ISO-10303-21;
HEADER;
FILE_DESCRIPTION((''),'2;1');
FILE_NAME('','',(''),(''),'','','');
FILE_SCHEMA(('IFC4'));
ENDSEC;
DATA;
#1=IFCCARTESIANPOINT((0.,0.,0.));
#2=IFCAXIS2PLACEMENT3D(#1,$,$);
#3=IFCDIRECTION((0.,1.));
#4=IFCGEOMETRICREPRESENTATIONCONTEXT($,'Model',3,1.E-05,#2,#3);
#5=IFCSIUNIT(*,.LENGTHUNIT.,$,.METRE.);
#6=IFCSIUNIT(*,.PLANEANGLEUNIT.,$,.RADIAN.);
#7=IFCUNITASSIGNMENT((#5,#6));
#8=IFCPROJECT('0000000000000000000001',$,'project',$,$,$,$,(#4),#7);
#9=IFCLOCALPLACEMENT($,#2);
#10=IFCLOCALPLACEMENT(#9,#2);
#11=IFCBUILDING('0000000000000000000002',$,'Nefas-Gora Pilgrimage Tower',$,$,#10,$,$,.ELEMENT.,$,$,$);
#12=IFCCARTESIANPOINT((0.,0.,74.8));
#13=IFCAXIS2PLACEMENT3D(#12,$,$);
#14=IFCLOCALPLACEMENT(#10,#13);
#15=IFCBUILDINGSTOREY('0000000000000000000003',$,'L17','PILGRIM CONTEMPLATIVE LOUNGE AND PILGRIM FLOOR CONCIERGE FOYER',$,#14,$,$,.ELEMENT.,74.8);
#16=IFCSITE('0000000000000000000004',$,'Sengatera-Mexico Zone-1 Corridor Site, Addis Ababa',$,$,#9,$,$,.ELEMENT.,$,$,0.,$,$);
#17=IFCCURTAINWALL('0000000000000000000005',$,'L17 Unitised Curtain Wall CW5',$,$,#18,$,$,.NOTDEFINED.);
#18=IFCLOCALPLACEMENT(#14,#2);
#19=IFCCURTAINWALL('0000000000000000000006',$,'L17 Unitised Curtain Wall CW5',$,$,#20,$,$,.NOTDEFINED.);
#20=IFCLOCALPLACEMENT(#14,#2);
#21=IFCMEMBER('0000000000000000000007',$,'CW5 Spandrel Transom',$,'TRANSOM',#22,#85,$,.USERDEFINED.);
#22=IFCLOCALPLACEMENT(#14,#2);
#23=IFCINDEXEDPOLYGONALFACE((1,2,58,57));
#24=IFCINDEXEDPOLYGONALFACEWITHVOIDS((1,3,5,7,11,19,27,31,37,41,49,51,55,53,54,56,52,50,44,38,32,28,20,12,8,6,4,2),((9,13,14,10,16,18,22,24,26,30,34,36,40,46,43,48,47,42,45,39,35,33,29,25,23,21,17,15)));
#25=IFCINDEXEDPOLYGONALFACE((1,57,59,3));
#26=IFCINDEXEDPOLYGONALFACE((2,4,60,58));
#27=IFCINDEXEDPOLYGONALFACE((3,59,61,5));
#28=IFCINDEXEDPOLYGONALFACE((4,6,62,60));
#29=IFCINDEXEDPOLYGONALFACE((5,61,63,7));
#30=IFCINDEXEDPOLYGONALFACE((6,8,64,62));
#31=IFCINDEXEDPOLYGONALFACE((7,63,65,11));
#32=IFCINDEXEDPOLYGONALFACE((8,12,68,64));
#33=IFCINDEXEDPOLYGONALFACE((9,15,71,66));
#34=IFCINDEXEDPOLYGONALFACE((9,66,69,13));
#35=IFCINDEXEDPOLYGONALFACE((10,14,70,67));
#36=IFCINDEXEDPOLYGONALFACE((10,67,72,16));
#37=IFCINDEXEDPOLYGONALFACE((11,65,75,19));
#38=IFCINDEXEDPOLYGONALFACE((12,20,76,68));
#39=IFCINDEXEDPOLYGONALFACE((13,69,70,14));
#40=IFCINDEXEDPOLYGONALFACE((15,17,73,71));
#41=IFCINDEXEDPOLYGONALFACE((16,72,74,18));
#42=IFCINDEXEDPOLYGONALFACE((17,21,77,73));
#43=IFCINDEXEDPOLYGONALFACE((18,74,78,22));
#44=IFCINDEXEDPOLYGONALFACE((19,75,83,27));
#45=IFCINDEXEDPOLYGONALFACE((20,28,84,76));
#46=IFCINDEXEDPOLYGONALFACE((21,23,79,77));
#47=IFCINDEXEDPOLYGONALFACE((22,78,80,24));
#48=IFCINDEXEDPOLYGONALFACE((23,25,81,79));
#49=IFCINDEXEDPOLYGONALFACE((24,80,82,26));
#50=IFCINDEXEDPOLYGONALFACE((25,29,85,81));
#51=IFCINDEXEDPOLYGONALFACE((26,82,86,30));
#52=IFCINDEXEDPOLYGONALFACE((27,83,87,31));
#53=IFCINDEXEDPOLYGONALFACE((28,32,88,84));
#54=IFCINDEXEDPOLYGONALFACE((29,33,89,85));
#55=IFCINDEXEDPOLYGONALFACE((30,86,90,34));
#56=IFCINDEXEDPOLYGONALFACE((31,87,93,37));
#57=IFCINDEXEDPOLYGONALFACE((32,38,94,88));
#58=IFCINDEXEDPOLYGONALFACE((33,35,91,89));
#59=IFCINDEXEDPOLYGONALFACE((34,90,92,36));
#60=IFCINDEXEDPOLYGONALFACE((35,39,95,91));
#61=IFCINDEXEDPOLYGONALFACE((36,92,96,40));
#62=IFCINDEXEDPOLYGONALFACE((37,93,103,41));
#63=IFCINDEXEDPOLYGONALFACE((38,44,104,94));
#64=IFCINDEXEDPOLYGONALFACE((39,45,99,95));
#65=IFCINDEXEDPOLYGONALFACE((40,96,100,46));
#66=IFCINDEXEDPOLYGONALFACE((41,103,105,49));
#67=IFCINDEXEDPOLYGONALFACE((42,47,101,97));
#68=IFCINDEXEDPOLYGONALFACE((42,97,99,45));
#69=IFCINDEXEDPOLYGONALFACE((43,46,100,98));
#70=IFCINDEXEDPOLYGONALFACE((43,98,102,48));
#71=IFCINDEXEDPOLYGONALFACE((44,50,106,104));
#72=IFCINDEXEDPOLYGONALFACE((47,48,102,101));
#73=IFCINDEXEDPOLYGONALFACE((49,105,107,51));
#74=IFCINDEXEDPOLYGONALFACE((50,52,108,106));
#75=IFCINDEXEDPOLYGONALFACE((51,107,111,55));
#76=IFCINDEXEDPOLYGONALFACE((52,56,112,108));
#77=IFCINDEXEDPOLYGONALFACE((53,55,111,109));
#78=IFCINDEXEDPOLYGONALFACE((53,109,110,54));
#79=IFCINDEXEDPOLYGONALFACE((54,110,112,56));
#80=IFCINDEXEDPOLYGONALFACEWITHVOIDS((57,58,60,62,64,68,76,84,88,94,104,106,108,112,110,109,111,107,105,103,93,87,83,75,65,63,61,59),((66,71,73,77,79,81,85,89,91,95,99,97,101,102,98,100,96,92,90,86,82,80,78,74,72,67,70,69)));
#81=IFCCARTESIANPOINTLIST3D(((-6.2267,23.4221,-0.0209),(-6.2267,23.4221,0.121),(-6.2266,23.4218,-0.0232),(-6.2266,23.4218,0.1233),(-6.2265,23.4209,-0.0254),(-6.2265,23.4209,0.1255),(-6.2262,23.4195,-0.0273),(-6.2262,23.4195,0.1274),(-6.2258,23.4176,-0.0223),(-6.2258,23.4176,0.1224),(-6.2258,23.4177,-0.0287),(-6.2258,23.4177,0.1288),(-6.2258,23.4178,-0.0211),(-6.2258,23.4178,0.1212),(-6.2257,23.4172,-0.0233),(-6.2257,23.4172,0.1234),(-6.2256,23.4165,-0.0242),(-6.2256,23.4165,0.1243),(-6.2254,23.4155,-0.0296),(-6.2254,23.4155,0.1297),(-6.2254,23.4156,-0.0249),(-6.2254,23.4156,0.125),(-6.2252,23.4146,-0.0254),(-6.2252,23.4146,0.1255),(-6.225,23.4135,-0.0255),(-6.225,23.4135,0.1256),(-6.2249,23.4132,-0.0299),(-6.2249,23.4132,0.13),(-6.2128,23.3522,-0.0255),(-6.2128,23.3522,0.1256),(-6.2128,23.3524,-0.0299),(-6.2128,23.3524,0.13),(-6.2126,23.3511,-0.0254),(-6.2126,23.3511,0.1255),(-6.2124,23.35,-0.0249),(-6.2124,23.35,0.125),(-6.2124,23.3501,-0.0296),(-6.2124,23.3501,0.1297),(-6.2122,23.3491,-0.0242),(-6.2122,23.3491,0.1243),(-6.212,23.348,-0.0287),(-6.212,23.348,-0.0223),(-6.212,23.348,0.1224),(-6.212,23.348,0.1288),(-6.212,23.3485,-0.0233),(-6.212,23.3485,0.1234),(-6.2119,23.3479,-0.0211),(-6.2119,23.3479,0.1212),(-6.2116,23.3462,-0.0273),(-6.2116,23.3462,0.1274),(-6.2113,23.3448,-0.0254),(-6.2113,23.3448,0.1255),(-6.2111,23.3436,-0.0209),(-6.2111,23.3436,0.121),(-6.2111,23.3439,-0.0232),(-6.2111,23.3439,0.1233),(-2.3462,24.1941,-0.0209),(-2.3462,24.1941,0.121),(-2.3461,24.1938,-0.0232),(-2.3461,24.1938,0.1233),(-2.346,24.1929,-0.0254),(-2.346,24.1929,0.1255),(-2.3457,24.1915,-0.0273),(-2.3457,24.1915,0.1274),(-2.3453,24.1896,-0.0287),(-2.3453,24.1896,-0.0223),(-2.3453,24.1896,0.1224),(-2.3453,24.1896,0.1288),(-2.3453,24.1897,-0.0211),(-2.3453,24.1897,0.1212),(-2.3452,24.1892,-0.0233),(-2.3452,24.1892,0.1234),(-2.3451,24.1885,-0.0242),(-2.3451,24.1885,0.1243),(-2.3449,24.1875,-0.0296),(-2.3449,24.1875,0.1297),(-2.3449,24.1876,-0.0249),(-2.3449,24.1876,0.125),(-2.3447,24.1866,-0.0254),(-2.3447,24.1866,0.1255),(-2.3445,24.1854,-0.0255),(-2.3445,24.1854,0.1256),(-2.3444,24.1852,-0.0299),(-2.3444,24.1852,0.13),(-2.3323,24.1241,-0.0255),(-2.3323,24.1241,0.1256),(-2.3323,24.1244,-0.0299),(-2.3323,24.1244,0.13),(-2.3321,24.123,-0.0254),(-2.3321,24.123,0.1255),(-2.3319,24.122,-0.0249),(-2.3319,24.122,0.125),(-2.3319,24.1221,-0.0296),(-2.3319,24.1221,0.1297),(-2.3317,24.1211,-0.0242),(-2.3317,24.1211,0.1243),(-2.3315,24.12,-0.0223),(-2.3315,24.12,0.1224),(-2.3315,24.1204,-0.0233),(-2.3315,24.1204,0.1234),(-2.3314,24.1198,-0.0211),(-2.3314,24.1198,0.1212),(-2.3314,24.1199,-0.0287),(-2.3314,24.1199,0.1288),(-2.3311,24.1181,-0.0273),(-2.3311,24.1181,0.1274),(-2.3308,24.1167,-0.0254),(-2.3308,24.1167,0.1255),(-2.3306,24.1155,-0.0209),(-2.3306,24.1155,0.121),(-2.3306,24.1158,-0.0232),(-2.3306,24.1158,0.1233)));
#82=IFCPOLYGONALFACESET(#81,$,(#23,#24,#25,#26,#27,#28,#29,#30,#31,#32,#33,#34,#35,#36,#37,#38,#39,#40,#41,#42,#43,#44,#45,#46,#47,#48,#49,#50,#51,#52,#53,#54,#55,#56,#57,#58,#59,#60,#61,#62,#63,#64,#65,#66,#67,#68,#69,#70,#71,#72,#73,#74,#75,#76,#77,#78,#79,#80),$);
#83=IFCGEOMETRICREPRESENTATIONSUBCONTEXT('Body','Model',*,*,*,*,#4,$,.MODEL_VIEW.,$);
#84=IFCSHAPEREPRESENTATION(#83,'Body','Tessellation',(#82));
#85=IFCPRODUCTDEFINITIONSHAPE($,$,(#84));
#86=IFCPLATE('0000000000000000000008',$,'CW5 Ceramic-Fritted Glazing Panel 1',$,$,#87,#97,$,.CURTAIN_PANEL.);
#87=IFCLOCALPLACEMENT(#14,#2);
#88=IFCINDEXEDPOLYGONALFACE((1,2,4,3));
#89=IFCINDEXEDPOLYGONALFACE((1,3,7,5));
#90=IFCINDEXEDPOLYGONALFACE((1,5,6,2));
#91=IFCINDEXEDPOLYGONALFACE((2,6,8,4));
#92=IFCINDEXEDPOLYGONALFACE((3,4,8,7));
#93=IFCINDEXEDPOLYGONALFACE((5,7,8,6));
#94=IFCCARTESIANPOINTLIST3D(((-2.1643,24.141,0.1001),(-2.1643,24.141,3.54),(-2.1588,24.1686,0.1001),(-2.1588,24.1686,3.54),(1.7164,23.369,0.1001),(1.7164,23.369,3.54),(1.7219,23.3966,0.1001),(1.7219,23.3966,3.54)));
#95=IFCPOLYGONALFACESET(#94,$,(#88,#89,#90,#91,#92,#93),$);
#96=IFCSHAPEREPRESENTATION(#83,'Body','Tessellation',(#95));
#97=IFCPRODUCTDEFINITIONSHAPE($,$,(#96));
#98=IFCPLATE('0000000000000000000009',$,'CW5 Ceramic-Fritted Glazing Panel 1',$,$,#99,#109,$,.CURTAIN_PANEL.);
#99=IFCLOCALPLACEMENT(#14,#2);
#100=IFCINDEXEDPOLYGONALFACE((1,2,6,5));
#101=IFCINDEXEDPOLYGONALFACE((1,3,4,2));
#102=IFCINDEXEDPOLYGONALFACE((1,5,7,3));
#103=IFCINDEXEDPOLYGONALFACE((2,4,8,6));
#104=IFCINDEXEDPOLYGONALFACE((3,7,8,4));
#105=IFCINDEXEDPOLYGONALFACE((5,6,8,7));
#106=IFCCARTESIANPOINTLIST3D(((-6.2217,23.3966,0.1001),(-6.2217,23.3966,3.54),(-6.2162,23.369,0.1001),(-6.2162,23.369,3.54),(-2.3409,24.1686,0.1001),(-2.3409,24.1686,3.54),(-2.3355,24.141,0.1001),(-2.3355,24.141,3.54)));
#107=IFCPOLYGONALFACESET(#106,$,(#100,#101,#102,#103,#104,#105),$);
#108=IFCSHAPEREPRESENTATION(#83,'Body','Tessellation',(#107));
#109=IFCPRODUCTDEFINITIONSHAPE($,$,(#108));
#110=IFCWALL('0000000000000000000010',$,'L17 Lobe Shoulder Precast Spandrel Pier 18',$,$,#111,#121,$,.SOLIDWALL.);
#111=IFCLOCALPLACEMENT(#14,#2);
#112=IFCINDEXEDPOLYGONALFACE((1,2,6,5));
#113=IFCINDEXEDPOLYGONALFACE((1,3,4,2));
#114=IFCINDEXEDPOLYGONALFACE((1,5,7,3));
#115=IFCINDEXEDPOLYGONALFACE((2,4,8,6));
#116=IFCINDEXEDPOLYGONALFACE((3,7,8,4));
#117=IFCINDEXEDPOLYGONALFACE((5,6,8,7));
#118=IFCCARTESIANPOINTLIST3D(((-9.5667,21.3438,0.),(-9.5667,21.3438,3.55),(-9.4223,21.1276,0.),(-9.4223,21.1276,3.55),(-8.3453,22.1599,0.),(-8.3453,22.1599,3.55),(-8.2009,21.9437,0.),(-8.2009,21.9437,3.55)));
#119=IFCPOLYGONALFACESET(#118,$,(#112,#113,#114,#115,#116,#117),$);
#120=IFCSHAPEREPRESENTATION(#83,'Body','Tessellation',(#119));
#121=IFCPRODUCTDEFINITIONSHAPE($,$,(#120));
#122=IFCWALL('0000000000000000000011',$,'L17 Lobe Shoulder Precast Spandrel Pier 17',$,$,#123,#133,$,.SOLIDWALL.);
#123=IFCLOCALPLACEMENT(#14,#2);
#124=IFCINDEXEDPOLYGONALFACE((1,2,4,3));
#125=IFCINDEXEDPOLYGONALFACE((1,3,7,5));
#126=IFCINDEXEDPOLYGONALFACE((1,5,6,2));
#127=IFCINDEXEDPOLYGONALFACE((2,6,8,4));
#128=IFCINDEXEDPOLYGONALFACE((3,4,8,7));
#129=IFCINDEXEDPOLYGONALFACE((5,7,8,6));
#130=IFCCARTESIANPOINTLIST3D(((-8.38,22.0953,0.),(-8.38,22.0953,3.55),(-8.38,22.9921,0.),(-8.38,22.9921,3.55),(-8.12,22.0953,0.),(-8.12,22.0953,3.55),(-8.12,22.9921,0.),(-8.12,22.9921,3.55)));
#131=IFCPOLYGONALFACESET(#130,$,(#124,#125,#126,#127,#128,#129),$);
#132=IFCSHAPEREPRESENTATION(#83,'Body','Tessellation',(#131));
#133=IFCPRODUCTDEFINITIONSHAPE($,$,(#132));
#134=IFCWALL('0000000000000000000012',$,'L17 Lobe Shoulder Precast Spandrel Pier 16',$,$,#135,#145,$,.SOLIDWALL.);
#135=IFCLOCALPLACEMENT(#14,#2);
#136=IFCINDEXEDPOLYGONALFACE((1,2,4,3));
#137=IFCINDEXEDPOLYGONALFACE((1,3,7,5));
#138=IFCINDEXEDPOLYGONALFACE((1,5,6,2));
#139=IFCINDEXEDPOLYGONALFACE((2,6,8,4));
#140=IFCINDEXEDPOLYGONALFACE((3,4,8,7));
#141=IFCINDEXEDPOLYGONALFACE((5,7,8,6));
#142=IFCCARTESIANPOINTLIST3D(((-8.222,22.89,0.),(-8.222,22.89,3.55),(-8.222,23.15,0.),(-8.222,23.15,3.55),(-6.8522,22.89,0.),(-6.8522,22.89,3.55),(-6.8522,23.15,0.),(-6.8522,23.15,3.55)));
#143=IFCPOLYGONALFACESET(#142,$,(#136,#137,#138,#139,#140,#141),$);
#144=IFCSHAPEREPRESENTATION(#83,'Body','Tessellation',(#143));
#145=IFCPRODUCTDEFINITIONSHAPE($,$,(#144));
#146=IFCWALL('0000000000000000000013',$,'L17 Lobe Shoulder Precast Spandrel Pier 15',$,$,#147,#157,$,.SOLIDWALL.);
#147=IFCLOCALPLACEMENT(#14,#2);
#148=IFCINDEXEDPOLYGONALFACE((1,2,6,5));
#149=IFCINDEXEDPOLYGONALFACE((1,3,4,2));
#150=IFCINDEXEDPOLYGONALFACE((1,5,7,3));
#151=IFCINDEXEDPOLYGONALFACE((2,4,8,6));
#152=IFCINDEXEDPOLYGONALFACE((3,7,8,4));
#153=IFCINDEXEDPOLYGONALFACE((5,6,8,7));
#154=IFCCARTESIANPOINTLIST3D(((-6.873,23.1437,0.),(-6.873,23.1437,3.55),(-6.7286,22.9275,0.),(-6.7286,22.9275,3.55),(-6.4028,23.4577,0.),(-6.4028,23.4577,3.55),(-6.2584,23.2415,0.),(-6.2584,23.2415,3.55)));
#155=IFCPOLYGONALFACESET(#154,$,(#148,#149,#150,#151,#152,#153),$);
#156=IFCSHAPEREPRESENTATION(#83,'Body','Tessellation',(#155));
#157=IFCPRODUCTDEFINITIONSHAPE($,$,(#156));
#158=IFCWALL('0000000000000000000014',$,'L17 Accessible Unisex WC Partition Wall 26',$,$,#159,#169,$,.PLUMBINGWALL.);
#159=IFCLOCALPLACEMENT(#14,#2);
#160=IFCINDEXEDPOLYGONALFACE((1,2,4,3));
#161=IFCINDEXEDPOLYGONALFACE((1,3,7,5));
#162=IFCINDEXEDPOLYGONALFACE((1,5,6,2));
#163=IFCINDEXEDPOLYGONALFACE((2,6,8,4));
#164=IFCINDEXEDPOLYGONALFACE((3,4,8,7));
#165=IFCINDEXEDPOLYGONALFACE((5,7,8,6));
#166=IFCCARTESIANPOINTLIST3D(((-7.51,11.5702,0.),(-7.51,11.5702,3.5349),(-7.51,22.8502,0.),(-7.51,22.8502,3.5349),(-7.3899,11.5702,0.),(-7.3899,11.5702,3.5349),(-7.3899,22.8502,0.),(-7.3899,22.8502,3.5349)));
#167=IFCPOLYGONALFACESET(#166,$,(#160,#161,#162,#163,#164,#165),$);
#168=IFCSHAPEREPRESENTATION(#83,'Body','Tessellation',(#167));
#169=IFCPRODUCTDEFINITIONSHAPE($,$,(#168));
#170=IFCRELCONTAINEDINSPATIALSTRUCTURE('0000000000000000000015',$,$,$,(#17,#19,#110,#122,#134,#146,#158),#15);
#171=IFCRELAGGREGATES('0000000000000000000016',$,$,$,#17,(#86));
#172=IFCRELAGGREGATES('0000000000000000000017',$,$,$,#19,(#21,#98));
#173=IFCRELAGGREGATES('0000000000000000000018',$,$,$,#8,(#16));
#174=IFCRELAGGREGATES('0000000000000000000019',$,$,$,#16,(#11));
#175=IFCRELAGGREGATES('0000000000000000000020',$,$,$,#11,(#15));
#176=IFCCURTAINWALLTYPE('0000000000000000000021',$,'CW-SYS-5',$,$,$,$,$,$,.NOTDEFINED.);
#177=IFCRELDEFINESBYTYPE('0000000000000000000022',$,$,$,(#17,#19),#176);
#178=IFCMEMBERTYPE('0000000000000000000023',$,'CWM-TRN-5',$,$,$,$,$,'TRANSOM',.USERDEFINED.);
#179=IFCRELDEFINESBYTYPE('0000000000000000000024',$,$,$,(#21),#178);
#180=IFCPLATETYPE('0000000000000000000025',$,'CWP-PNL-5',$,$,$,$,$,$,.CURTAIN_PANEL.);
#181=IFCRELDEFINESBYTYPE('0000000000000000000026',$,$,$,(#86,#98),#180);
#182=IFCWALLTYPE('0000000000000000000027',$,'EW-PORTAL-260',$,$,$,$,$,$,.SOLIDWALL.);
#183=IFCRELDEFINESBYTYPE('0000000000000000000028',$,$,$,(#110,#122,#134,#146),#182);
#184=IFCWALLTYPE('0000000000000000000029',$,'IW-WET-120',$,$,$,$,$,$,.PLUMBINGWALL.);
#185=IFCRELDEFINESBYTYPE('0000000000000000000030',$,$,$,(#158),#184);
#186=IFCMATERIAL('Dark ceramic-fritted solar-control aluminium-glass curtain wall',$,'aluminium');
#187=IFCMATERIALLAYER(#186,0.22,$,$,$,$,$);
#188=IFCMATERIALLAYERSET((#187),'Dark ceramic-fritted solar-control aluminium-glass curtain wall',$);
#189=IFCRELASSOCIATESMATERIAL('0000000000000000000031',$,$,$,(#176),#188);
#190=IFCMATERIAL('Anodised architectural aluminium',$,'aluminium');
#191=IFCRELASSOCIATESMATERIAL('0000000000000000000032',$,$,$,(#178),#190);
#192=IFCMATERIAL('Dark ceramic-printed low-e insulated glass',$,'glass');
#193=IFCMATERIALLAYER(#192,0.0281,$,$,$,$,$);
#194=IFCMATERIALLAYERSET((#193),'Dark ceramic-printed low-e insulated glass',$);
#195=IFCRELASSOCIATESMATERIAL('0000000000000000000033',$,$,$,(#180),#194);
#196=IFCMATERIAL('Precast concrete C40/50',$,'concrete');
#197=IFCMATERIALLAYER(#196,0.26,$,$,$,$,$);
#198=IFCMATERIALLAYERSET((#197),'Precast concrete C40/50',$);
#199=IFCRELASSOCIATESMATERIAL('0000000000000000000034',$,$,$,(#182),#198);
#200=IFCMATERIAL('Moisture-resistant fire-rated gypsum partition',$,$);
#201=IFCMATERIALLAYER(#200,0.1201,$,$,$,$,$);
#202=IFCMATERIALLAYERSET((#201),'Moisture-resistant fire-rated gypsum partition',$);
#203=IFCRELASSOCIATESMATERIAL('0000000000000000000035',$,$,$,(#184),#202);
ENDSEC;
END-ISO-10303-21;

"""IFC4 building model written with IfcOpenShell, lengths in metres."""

from ifc_helpers import new_model, si_unit, direction, frame, frame_2d, origin, origin_2d, place, context, subcontext, project, spatial, rectangle, hollow_rectangle, extrude, source, transform, mapped, material, layer, layer_set, material_profile, profile_set, type_object, element, aggregate, save


model = new_model("IFC4")

# Units and contexts
model_context = context("Model", 3, precision=1e-05, world=origin(), true_north=direction((0.0, 1.0)))
body_context = subcontext(model_context, "Body", "Model", "MODEL_VIEW")
ifc_project = project(units=[si_unit("LENGTHUNIT", "METRE"), si_unit("PLANEANGLEUNIT", "RADIAN")], contexts=[model_context])

# Site, building, storey
site_placement = place(None, origin())
site = spatial("IfcSite", under=ifc_project, at=site_placement, Name="Sengatera-Mexico Zone-1 Corridor Site, Addis Ababa", CompositionType="ELEMENT", RefElevation=0.0)
building_placement = place(site_placement, origin())
building = spatial("IfcBuilding", under=site, at=building_placement, Name="Nefas-Gora Pilgrimage Tower", CompositionType="ELEMENT")
storey_placement = place(building_placement, frame((0.0, 0.0, 74.8)))
storey = spatial("IfcBuildingStorey", under=building, at=storey_placement, Name="L17", Description="PILGRIM CONTEMPLATIVE LOUNGE AND PILGRIM FLOOR CONCIERGE FOYER", CompositionType="ELEMENT", Elevation=74.8)

# Curtain wall
ifc_material_1 = material(Name="Dark ceramic-fritted solar-control aluminium-glass curtain wall", Category="aluminium")
ifc_layer_1 = layer(ifc_material_1, 0.22)
ifc_layer_set_1 = layer_set([ifc_layer_1], Name="Dark ceramic-fritted solar-control aluminium-glass curtain wall")
curtain_wall_type = type_object("IfcCurtainWallType", Name="CW-SYS-5", PredefinedType="NOTDEFINED", material=ifc_layer_set_1)
curtain_wall_1_placement = place(storey_placement, origin())
curtain_wall_1 = element("IfcCurtainWall", 1, at=curtain_wall_1_placement, inside=storey, type_object=curtain_wall_type, Name="L17 Unitised Curtain Wall CW5", PredefinedType="NOTDEFINED")
ifc_material_2 = material(Name="Anodised architectural aluminium", Category="aluminium")

# Curtain wall
curtain_wall_2_placement = place(storey_placement, origin())
curtain_wall_2 = element("IfcCurtainWall", 2, at=curtain_wall_2_placement, inside=storey, type_object=curtain_wall_type, Name="L17 Unitised Curtain Wall CW5", PredefinedType="NOTDEFINED")
ifc_material_profile_1 = material_profile(ifc_material_2, hollow_rectangle(XDim=0.0801, YDim=0.1599, WallThickness=0.0044, InnerFilletRadius=0.0044, OuterFilletRadius=0.009, at=origin_2d()), Name="ALU TRANSOM 80x160")
ifc_profile_set_1 = profile_set([ifc_material_profile_1], Name="Anodised architectural aluminium")
member_type_1 = type_object("IfcMemberType", Name="CWM-TRN-5", ElementType="TRANSOM", PredefinedType="USERDEFINED", material=ifc_profile_set_1)

# Member
shared_shape_1 = source(origin(), body_context, "Body", "SweptSolid", [
    extrude(hollow_rectangle(XDim=0.0801, YDim=0.1599, WallThickness=0.0044, InnerFilletRadius=0.0044, OuterFilletRadius=0.009, at=origin_2d()), origin(), (0.0, 0.0, 1.0), 3.9565),
])
member_1_placement = place(storey_placement, frame((-2.3384, 24.1548, 0.05), z_axis=(-0.980782, -0.195107, 0.0), x_axis=(0.195107, -0.980782, 0.0)))
member_1 = element("IfcMember", 3, at=member_1_placement, type_object=member_type_1, Name="CW5 Spandrel Transom", ObjectType="TRANSOM", PredefinedType="USERDEFINED", context=body_context, shape_type="MappedRepresentation", body=[
    mapped(shared_shape_1, transform((0.0, 0.0, 0.0), x_axis=(1.0, 0.0, 0.0), y_axis=(0.0, 1.0, 0.0), z_axis=(0.0, 0.0, 1.0), scale=1.0)),
])

# Plates
ifc_material_3 = material(Name="Dark ceramic-printed low-e insulated glass", Category="glass")
ifc_layer_2 = layer(ifc_material_3, 0.0281)
ifc_layer_set_2 = layer_set([ifc_layer_2], Name="Dark ceramic-printed low-e insulated glass")
plate_type = type_object("IfcPlateType", Name="CWP-PNL-5", PredefinedType="CURTAIN_PANEL", material=ifc_layer_set_2)
shared_shape_2 = source(origin(), body_context, "Body", "SweptSolid", [
    extrude(rectangle(XDim=3.9568, YDim=0.0281, at=origin_2d()), origin(), (0.0, 0.0, 1.0), 3.4399),
])
plate_1_placement = place(storey_placement, frame((-0.2212, 23.7688, 0.1001), z_axis=(0.0, 0.0, 1.0), x_axis=(-0.980783, 0.195102, 0.0)))
plate_1 = element("IfcPlate", 4, at=plate_1_placement, type_object=plate_type, Name="CW5 Ceramic-Fritted Glazing Panel 1", PredefinedType="CURTAIN_PANEL", context=body_context, shape_type="MappedRepresentation", body=[
    mapped(shared_shape_2, transform((0.0, 0.0, 0.0), x_axis=(1.0, 0.0, 0.0), y_axis=(0.0, 1.0, 0.0), z_axis=(0.0, 0.0, 1.0), scale=1.0)),
])
aggregate(curtain_wall_1, [plate_1])
plate_2_placement = place(storey_placement, frame((-4.2786, 23.7688, 0.1001), z_axis=(0.0, 0.0, 1.0), x_axis=(-0.980783, -0.195102, 0.0)))
plate_2 = element("IfcPlate", 5, at=plate_2_placement, type_object=plate_type, Name="CW5 Ceramic-Fritted Glazing Panel 1", PredefinedType="CURTAIN_PANEL", context=body_context, shape_type="MappedRepresentation", body=[
    mapped(shared_shape_2, transform((0.0, 0.0, 0.0), x_axis=(1.0, 0.0, 0.0), y_axis=(0.0, 1.0, 0.0), z_axis=(0.0, 0.0, 1.0), scale=1.0)),
])
aggregate(curtain_wall_2, [member_1, plate_2])

# Walls
ifc_material_4 = material(Name="Precast concrete C40/50", Category="concrete")
ifc_layer_3 = layer(ifc_material_4, 0.26)
ifc_layer_set_3 = layer_set([ifc_layer_3], Name="Precast concrete C40/50")
wall_type_1 = type_object("IfcWallType", Name="EW-PORTAL-260", PredefinedType="SOLIDWALL", material=ifc_layer_set_3)
shared_shape_3 = source(origin(), body_context, "Body", "SweptSolid", [
    extrude(rectangle(XDim=1.469, YDim=0.26, at=frame_2d((0.7344, 0.0))), origin(), (0.0, 0.0, 1.0), 3.55),
])
wall_1_placement = place(storey_placement, frame((-8.2732, 22.0518, 0.0), z_axis=(0.0, 0.0, 1.0), x_axis=(-0.831462, -0.555582, 0.0)))
element("IfcWall", 6, at=wall_1_placement, inside=storey, type_object=wall_type_1, Name="L17 Lobe Shoulder Precast Spandrel Pier 18", PredefinedType="SOLIDWALL", context=body_context, shape_type="MappedRepresentation", body=[
    mapped(shared_shape_3, transform((0.0, 0.0, 0.0), x_axis=(1.0, 0.0, 0.0), y_axis=(0.0, 1.0, 0.0), z_axis=(0.0, 0.0, 1.0), scale=1.0)),
])
shared_shape_4 = source(origin(), body_context, "Body", "SweptSolid", [
    extrude(rectangle(XDim=0.8967, YDim=0.26, at=frame_2d((0.4482, 0.0))), origin(), (0.0, 0.0, 1.0), 3.55),
])
wall_2_placement = place(storey_placement, frame((-8.25, 22.9919, 0.0), z_axis=(0.0, 0.0, 1.0), x_axis=(0.0, -1.0, 0.0)))
element("IfcWall", 7, at=wall_2_placement, inside=storey, type_object=wall_type_1, Name="L17 Lobe Shoulder Precast Spandrel Pier 17", PredefinedType="SOLIDWALL", context=body_context, shape_type="MappedRepresentation", body=[
    mapped(shared_shape_4, transform((0.0, 0.0, 0.0), x_axis=(1.0, 0.0, 0.0), y_axis=(0.0, 1.0, 0.0), z_axis=(0.0, 0.0, 1.0), scale=1.0)),
])
shared_shape_5 = source(origin(), body_context, "Body", "SweptSolid", [
    extrude(rectangle(XDim=1.3699, YDim=0.26, at=frame_2d((0.6851, 0.0))), origin(), (0.0, 0.0, 1.0), 3.55),
])
wall_3_placement = place(storey_placement, frame((-6.8521, 23.02, 0.0), z_axis=(0.0, 0.0, 1.0), x_axis=(-1.0, 0.0, 0.0)))
element("IfcWall", 8, at=wall_3_placement, inside=storey, type_object=wall_type_1, Name="L17 Lobe Shoulder Precast Spandrel Pier 16", PredefinedType="SOLIDWALL", context=body_context, shape_type="MappedRepresentation", body=[
    mapped(shared_shape_5, transform((0.0, 0.0, 0.0), x_axis=(1.0, 0.0, 0.0), y_axis=(0.0, 1.0, 0.0), z_axis=(0.0, 0.0, 1.0), scale=1.0)),
])
shared_shape_6 = source(origin(), body_context, "Body", "SweptSolid", [
    extrude(rectangle(XDim=0.5654, YDim=0.26, at=frame_2d((0.2827, 0.0))), origin(), (0.0, 0.0, 1.0), 3.55),
])
wall_4_placement = place(storey_placement, frame((-6.3306, 23.3496, 0.0), z_axis=(0.0, 0.0, 1.0), x_axis=(-0.831651, -0.555298, 0.0)))
element("IfcWall", 9, at=wall_4_placement, inside=storey, type_object=wall_type_1, Name="L17 Lobe Shoulder Precast Spandrel Pier 15", PredefinedType="SOLIDWALL", context=body_context, shape_type="MappedRepresentation", body=[
    mapped(shared_shape_6, transform((0.0, 0.0, 0.0), x_axis=(1.0, 0.0, 0.0), y_axis=(0.0, 1.0, 0.0), z_axis=(0.0, 0.0, 1.0), scale=1.0)),
])
ifc_material_5 = material(Name="Moisture-resistant fire-rated gypsum partition")
ifc_layer_4 = layer(ifc_material_5, 0.1201)
ifc_layer_set_4 = layer_set([ifc_layer_4], Name="Moisture-resistant fire-rated gypsum partition")
wall_type_2 = type_object("IfcWallType", Name="IW-WET-120", PredefinedType="PLUMBINGWALL", material=ifc_layer_set_4)
shared_shape_7 = source(origin(), body_context, "Body", "SweptSolid", [
    extrude(rectangle(XDim=11.28, YDim=0.1201, at=frame_2d((5.6401, 0.0))), origin(), (0.0, 0.0, 1.0), 3.5349),
])
wall_5_placement = place(storey_placement, frame((-7.45, 11.5701, 0.0), z_axis=(0.0, 0.0, 1.0), x_axis=(0.0, 1.0, 0.0)))
element("IfcWall", 10, at=wall_5_placement, inside=storey, type_object=wall_type_2, Name="L17 Accessible Unisex WC Partition Wall 26", PredefinedType="PLUMBINGWALL", context=body_context, shape_type="MappedRepresentation", body=[
    mapped(shared_shape_7, transform((0.0, 0.0, 0.0), x_axis=(1.0, 0.0, 0.0), y_axis=(0.0, 1.0, 0.0), z_axis=(0.0, 0.0, 1.0), scale=1.0)),
])

save(model, "model.ifc")
